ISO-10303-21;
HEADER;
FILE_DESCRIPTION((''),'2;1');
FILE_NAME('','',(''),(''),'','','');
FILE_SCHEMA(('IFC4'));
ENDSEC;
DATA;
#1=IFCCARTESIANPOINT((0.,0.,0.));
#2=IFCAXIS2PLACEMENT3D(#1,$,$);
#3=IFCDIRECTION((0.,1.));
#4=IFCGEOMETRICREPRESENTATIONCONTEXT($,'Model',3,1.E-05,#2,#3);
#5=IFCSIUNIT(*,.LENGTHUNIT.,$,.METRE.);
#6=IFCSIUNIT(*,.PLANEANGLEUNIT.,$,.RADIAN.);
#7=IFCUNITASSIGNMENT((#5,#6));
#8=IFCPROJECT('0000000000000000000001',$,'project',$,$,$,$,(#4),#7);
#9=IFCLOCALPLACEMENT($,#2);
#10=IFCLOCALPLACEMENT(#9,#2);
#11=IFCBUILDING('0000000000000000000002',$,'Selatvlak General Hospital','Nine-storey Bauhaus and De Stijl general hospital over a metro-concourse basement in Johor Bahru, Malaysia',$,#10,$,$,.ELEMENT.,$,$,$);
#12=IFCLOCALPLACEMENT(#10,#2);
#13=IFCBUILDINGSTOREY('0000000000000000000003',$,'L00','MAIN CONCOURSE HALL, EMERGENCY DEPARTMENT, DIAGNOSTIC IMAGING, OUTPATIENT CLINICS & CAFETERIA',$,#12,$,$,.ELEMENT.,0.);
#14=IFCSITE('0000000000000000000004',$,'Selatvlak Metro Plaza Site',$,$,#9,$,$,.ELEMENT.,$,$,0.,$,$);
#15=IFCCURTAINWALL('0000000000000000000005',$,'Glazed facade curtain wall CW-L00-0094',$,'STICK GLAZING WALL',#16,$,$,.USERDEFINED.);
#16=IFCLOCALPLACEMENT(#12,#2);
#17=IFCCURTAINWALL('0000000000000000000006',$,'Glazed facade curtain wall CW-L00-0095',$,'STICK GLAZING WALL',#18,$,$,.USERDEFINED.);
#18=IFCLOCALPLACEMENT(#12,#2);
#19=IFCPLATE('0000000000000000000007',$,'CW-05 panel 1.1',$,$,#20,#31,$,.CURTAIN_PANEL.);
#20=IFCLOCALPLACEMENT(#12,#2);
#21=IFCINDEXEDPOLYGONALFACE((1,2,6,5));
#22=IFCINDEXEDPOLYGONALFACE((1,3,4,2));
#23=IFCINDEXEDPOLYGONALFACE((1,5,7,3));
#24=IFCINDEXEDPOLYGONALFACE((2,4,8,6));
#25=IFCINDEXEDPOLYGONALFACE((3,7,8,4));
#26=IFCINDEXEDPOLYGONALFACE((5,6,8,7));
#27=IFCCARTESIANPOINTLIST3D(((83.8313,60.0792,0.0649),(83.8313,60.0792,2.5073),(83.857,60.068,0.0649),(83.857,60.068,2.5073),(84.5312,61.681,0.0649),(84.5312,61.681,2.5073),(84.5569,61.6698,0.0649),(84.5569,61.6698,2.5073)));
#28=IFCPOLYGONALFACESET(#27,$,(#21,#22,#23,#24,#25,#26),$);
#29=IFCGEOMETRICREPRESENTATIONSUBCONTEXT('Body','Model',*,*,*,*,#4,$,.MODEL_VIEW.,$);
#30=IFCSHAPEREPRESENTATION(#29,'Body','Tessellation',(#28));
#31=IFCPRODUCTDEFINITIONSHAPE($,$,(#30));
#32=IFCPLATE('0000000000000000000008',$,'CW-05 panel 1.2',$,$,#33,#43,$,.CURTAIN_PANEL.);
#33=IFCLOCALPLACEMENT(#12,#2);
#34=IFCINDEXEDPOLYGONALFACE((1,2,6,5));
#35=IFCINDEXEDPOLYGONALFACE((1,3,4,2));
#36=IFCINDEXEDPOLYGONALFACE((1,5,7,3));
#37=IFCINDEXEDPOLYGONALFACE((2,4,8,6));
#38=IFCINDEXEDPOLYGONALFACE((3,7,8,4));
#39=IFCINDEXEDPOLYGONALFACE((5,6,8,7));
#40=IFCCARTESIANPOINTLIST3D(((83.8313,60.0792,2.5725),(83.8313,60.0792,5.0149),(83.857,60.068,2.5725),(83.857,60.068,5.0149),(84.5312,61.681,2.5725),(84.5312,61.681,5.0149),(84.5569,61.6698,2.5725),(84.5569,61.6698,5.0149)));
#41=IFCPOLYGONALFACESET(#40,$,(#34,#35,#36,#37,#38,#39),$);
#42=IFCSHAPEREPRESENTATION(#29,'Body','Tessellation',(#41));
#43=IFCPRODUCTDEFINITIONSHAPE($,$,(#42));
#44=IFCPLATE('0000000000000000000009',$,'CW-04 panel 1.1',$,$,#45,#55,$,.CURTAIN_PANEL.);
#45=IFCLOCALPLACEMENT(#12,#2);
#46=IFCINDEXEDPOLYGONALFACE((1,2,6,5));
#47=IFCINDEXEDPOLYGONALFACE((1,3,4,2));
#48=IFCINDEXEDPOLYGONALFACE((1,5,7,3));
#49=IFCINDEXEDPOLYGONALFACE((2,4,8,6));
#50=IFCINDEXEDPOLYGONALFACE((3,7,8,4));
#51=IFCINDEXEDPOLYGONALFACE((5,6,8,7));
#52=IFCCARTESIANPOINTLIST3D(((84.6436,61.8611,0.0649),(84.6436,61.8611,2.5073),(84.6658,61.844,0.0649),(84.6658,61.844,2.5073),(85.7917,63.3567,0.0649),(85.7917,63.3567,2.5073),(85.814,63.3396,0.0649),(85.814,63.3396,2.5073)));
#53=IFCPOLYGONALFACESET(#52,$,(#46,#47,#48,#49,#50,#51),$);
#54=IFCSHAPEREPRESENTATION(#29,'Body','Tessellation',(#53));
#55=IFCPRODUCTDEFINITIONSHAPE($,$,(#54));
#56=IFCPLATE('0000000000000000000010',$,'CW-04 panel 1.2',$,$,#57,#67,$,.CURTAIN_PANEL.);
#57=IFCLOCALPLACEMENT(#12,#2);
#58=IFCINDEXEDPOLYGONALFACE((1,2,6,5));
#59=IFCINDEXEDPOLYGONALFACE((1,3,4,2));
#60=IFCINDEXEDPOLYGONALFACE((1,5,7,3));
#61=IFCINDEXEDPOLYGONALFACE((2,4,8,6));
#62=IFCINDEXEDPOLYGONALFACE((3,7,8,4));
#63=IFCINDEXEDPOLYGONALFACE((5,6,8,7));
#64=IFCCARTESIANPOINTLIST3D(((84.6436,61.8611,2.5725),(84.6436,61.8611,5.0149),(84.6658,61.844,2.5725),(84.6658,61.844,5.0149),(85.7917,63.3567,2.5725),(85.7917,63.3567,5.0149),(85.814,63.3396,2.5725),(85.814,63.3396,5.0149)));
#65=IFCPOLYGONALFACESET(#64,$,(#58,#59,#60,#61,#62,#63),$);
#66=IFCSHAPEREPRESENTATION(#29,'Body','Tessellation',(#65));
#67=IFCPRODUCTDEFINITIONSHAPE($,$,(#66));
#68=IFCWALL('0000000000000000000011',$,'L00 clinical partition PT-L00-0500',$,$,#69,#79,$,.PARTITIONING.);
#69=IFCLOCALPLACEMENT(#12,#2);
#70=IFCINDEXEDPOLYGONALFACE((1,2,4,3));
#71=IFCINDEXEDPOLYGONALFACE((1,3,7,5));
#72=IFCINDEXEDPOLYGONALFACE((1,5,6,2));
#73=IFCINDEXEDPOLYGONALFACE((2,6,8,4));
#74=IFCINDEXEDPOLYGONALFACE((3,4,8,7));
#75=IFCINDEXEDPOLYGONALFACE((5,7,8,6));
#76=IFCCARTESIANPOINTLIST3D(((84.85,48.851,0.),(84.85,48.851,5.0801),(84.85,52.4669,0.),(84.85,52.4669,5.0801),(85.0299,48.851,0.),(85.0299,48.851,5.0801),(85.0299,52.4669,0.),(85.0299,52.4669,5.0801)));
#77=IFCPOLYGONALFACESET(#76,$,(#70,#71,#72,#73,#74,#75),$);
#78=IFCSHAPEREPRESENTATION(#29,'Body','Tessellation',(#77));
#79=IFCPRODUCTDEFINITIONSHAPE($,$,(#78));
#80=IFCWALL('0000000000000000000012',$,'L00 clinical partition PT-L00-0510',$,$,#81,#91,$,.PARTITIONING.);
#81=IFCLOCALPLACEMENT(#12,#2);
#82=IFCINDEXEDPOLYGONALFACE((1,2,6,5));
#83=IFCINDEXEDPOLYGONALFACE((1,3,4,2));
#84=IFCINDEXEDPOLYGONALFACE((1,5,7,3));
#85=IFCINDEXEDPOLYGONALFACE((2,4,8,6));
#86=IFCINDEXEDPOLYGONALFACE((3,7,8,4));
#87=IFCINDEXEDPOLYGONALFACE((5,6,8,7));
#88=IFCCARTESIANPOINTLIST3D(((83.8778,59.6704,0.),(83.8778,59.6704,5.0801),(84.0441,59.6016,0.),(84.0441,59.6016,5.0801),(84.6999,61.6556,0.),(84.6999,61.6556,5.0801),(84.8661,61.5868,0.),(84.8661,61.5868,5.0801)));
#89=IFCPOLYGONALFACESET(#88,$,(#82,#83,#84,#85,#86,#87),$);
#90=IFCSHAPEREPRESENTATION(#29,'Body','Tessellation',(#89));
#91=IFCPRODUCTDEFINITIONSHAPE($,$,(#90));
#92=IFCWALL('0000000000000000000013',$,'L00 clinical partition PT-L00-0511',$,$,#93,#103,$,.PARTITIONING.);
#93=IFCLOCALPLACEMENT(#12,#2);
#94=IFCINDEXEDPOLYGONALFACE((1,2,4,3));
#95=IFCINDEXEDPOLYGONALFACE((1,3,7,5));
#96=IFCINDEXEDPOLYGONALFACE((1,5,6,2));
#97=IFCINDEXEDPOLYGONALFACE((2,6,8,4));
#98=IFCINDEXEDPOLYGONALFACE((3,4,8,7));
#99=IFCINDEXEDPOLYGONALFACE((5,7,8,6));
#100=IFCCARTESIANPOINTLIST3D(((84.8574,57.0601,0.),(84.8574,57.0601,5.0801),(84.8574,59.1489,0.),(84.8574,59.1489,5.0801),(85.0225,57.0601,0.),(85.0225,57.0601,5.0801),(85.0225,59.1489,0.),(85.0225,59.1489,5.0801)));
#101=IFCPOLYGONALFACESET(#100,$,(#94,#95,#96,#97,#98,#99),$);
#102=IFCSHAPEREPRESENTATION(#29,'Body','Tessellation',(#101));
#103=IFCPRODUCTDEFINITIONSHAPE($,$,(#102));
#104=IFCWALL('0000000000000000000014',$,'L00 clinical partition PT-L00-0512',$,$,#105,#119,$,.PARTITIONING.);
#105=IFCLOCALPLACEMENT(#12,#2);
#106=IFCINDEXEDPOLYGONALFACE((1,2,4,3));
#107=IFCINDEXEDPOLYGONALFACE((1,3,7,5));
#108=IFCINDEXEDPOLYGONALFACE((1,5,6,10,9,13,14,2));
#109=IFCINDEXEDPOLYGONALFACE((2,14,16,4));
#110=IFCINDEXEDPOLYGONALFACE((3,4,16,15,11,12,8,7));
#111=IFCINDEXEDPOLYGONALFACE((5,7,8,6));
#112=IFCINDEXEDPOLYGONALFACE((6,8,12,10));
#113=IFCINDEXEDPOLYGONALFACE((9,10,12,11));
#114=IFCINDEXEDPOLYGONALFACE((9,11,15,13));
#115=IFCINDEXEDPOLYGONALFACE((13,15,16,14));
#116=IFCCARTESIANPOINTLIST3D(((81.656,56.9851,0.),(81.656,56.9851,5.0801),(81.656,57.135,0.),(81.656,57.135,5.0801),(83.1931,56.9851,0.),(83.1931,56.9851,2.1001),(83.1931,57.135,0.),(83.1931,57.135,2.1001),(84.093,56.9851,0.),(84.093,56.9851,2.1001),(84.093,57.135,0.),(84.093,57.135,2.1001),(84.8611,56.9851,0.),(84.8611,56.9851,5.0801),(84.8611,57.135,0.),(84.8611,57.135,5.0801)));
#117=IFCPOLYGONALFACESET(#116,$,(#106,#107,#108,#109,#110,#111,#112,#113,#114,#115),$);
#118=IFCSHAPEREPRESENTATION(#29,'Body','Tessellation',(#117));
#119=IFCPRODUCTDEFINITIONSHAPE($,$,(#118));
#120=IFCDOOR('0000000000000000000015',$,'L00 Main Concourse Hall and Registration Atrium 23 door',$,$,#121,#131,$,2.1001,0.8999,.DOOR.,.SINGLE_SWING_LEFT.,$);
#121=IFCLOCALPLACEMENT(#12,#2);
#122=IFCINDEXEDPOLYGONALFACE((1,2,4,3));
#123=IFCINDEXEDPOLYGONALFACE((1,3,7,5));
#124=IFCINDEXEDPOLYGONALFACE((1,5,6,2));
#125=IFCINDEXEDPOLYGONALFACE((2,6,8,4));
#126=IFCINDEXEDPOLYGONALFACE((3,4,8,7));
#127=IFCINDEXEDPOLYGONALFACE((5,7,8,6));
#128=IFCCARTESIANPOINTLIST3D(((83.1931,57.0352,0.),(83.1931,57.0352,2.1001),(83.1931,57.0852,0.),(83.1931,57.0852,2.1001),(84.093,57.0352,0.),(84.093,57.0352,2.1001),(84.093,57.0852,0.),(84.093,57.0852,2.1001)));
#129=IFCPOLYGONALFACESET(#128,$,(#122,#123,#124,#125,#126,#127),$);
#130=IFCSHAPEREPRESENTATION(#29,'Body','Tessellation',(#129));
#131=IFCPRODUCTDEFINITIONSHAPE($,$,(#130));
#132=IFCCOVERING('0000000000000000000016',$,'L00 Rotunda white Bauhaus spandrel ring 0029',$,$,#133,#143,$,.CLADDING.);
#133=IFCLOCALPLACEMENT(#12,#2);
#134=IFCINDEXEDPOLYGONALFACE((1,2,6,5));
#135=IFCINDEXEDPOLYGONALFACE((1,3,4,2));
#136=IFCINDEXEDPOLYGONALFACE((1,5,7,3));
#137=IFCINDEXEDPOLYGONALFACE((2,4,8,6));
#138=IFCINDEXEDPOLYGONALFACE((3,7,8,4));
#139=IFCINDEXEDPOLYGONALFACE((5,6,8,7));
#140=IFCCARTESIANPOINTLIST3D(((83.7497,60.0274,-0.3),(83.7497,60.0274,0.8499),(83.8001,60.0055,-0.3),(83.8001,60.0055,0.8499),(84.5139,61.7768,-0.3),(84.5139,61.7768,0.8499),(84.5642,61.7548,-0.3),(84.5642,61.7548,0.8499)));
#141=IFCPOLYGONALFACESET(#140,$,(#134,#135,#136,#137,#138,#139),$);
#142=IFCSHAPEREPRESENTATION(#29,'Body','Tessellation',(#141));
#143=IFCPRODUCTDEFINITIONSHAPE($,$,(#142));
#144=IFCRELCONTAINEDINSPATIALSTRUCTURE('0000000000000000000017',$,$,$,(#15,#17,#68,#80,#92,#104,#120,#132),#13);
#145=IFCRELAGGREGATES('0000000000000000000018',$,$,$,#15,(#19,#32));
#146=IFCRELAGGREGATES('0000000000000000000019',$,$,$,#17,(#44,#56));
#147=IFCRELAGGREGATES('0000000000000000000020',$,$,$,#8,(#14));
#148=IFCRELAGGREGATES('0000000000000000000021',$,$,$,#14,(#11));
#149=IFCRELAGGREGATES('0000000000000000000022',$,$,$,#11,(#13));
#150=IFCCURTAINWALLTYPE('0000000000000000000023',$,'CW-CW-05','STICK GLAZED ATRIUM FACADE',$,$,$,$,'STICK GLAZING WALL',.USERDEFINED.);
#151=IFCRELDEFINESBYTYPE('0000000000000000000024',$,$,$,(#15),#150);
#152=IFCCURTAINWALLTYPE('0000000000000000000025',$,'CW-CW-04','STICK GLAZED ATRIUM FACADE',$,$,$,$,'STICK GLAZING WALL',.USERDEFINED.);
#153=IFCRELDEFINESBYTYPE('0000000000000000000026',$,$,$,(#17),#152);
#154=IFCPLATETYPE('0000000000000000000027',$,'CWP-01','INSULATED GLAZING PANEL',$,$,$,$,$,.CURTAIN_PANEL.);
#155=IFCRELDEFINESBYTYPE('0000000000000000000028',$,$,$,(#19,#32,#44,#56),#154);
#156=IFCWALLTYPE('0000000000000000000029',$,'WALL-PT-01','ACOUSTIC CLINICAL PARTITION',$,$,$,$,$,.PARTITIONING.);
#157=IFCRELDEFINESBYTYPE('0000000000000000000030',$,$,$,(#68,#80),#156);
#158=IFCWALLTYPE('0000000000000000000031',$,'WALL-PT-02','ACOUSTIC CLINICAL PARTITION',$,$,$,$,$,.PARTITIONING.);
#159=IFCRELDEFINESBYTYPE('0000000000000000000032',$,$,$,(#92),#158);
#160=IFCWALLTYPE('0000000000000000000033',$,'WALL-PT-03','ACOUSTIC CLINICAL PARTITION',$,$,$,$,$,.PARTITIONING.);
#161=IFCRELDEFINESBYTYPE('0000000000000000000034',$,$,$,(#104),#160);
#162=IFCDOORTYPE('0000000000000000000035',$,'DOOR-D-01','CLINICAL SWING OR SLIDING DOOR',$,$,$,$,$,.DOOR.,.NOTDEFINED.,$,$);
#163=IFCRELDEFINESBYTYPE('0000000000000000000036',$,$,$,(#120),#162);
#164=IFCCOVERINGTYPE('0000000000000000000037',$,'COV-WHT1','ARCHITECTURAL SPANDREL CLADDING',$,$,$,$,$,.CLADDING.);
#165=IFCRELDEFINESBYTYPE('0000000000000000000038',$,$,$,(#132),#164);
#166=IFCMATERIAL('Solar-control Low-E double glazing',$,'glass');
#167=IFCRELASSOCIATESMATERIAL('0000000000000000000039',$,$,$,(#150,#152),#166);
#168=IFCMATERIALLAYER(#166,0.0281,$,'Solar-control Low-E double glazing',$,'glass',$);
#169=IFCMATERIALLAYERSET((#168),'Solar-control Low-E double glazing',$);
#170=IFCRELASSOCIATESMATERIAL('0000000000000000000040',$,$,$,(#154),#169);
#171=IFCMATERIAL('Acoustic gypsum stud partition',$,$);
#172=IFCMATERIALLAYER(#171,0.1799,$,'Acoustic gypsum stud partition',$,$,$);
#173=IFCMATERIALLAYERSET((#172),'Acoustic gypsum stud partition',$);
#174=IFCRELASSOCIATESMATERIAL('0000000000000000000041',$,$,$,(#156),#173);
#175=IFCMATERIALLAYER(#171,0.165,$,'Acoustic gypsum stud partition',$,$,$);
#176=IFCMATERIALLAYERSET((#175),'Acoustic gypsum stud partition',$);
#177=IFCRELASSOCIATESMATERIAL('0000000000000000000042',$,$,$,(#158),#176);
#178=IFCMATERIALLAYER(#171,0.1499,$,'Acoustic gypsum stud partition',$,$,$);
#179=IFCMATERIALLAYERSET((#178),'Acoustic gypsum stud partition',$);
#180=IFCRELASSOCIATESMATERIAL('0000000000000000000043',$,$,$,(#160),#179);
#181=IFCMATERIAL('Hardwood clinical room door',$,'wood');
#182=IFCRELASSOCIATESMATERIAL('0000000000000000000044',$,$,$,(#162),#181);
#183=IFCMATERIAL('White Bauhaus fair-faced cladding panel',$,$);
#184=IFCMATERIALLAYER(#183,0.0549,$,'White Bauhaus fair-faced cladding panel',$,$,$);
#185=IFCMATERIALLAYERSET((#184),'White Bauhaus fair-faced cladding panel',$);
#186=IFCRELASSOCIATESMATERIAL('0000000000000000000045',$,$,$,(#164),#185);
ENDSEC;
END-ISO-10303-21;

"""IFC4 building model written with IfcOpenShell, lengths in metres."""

from ifc_helpers import new_model, si_unit, direction, frame, frame_2d, origin, origin_2d, place, context, subcontext, project, spatial, rectangle, extrude, material, layer, layer_set, type_object, element, fill, aggregate, save


model = new_model("IFC4")

# Units and contexts
model_context = context("Model", 3, precision=1e-05, world=origin(), true_north=direction((0.0, 1.0)))
body_context = subcontext(model_context, "Body", "Model", "MODEL_VIEW")
ifc_project = project(units=[si_unit("LENGTHUNIT", "METRE"), si_unit("PLANEANGLEUNIT", "RADIAN")], contexts=[model_context])

# Site, building, storey
site_placement = place(None, origin())
site = spatial("IfcSite", under=ifc_project, at=site_placement, Name="Selatvlak Metro Plaza Site", CompositionType="ELEMENT", RefElevation=0.0)
building_placement = place(site_placement, origin())
building = spatial("IfcBuilding", under=site, at=building_placement, Name="Selatvlak General Hospital", Description="Nine-storey Bauhaus and De Stijl general hospital over a metro-concourse basement in Johor Bahru, Malaysia", CompositionType="ELEMENT")
storey_placement = place(building_placement, origin())
storey = spatial("IfcBuildingStorey", under=building, at=storey_placement, Name="L00", Description="MAIN CONCOURSE HALL, EMERGENCY DEPARTMENT, DIAGNOSTIC IMAGING, OUTPATIENT CLINICS & CAFETERIA", CompositionType="ELEMENT", Elevation=0.0)

# Curtain walls
ifc_material_1 = material(Name="Solar-control Low-E double glazing", Category="glass")
curtain_wall_type_1 = type_object("IfcCurtainWallType", Name="CW-CW-05", Description="STICK GLAZED ATRIUM FACADE", ElementType="STICK GLAZING WALL", PredefinedType="USERDEFINED", material=ifc_material_1)
curtain_wall_1_placement = place(storey_placement, origin())
curtain_wall_1 = element("IfcCurtainWall", 1, at=curtain_wall_1_placement, inside=storey, type_object=curtain_wall_type_1, Name="Glazed facade curtain wall CW-L00-0094", ObjectType="STICK GLAZING WALL", PredefinedType="USERDEFINED")
curtain_wall_type_2 = type_object("IfcCurtainWallType", Name="CW-CW-04", Description="STICK GLAZED ATRIUM FACADE", ElementType="STICK GLAZING WALL", PredefinedType="USERDEFINED", material=ifc_material_1)
curtain_wall_2_placement = place(storey_placement, origin())
curtain_wall_2 = element("IfcCurtainWall", 2, at=curtain_wall_2_placement, inside=storey, type_object=curtain_wall_type_2, Name="Glazed facade curtain wall CW-L00-0095", ObjectType="STICK GLAZING WALL", PredefinedType="USERDEFINED")

# Plates
ifc_layer_1 = layer(ifc_material_1, 0.0281, Name="Solar-control Low-E double glazing", Category="glass")
ifc_layer_set_1 = layer_set([ifc_layer_1], Name="Solar-control Low-E double glazing")
plate_type = type_object("IfcPlateType", Name="CWP-01", Description="INSULATED GLAZING PANEL", PredefinedType="CURTAIN_PANEL", material=ifc_layer_set_1)
plate_1_placement = place(storey_placement, frame((84.1941, 60.8745, 0.0649), z_axis=(0.0, 0.0, 1.0), x_axis=(0.4004, 0.916341, 0.0)))
plate_1 = element("IfcPlate", 3, at=plate_1_placement, type_object=plate_type, Name="CW-05 panel 1.1", PredefinedType="CURTAIN_PANEL", context=body_context, shape_type="SweptSolid", body=[
    extrude(rectangle(XDim=1.748, YDim=0.0281, at=origin_2d()), origin(), (0.0, 0.0, 1.0), 2.4424),
])
plate_2_placement = place(storey_placement, frame((84.1941, 60.8745, 2.5725), z_axis=(0.0, 0.0, 1.0), x_axis=(0.4004, 0.916341, 0.0)))
plate_2 = element("IfcPlate", 4, at=plate_2_placement, type_object=plate_type, Name="CW-05 panel 1.2", PredefinedType="CURTAIN_PANEL", context=body_context, shape_type="SweptSolid", body=[
    extrude(rectangle(XDim=1.748, YDim=0.0281, at=origin_2d()), origin(), (0.0, 0.0, 1.0), 2.4424),
])
aggregate(curtain_wall_1, [plate_1, plate_2])
plate_3_placement = place(storey_placement, frame((85.2288, 62.6003, 0.0649), z_axis=(0.0, 0.0, 1.0), x_axis=(0.608918, 0.793233, 0.0)))
plate_3 = element("IfcPlate", 5, at=plate_3_placement, type_object=plate_type, Name="CW-04 panel 1.1", PredefinedType="CURTAIN_PANEL", context=body_context, shape_type="SweptSolid", body=[
    extrude(rectangle(XDim=1.8855, YDim=0.0281, at=origin_2d()), origin(), (0.0, 0.0, 1.0), 2.4424),
])
plate_4_placement = place(storey_placement, frame((85.2288, 62.6003, 2.5725), z_axis=(0.0, 0.0, 1.0), x_axis=(0.608918, 0.793233, 0.0)))
plate_4 = element("IfcPlate", 6, at=plate_4_placement, type_object=plate_type, Name="CW-04 panel 1.2", PredefinedType="CURTAIN_PANEL", context=body_context, shape_type="SweptSolid", body=[
    extrude(rectangle(XDim=1.8855, YDim=0.0281, at=origin_2d()), origin(), (0.0, 0.0, 1.0), 2.4424),
])
aggregate(curtain_wall_2, [plate_3, plate_4])

# Walls
ifc_material_2 = material(Name="Acoustic gypsum stud partition")
ifc_layer_2 = layer(ifc_material_2, 0.1799, Name="Acoustic gypsum stud partition")
ifc_layer_set_2 = layer_set([ifc_layer_2], Name="Acoustic gypsum stud partition")
wall_type_1 = type_object("IfcWallType", Name="WALL-PT-01", Description="ACOUSTIC CLINICAL PARTITION", PredefinedType="PARTITIONING", material=ifc_layer_set_2)
wall_1_placement = place(storey_placement, frame((84.9399, 52.467, 0.0), z_axis=(0.0, 0.0, 1.0), x_axis=(0.0, -1.0, 0.0)))
element("IfcWall", 7, at=wall_1_placement, inside=storey, type_object=wall_type_1, Name="L00 clinical partition PT-L00-0500", PredefinedType="PARTITIONING", context=body_context, shape_type="SweptSolid", body=[
    extrude(rectangle(XDim=3.616, YDim=0.1799, at=frame_2d((1.8081, 0.0))), origin(), (0.0, 0.0, 1.0), 5.0801),
])
wall_2_placement = place(storey_placement, frame((84.783, 61.6211, 0.0), z_axis=(0.0, 0.0, 1.0), x_axis=(-0.382589, -0.923919, 0.0)))
element("IfcWall", 8, at=wall_2_placement, inside=storey, type_object=wall_type_1, Name="L00 clinical partition PT-L00-0510", PredefinedType="PARTITIONING", context=body_context, shape_type="SweptSolid", body=[
    extrude(rectangle(XDim=2.1487, YDim=0.1799, at=frame_2d((1.0742, 0.0))), origin(), (0.0, 0.0, 1.0), 5.0801),
])
ifc_layer_3 = layer(ifc_material_2, 0.165, Name="Acoustic gypsum stud partition")
ifc_layer_set_3 = layer_set([ifc_layer_3], Name="Acoustic gypsum stud partition")
wall_type_2 = type_object("IfcWallType", Name="WALL-PT-02", Description="ACOUSTIC CLINICAL PARTITION", PredefinedType="PARTITIONING", material=ifc_layer_set_3)
wall_3_placement = place(storey_placement, frame((84.9399, 59.1489, 0.0), z_axis=(0.0, 0.0, 1.0), x_axis=(0.0, -1.0, 0.0)))
element("IfcWall", 9, at=wall_3_placement, inside=storey, type_object=wall_type_2, Name="L00 clinical partition PT-L00-0511", PredefinedType="PARTITIONING", context=body_context, shape_type="SweptSolid", body=[
    extrude(rectangle(XDim=2.0889, YDim=0.165, at=frame_2d((1.0444, 0.0))), origin(), (0.0, 0.0, 1.0), 5.0801),
])

# Wall, opening, door
ifc_layer_4 = layer(ifc_material_2, 0.1499, Name="Acoustic gypsum stud partition")
ifc_layer_set_4 = layer_set([ifc_layer_4], Name="Acoustic gypsum stud partition")
wall_type_3 = type_object("IfcWallType", Name="WALL-PT-03", Description="ACOUSTIC CLINICAL PARTITION", PredefinedType="PARTITIONING", material=ifc_layer_set_4)
wall_4_placement = place(storey_placement, frame((84.8611, 57.0601, 0.0), z_axis=(0.0, 0.0, 1.0), x_axis=(-1.0, 0.0, 0.0)))
wall_4 = element("IfcWall", 10, at=wall_4_placement, inside=storey, type_object=wall_type_3, Name="L00 clinical partition PT-L00-0512", PredefinedType="PARTITIONING", context=body_context, shape_type="SweptSolid", body=[
    extrude(rectangle(XDim=3.2051, YDim=0.1499, at=frame_2d((1.6025, 0.0))), origin(), (0.0, 0.0, 1.0), 5.0801),
])
opening_placement = place(wall_4_placement, frame((0.7681, 0.0, 0.0)))
opening = element("IfcOpeningElement", 11, at=opening_placement, cuts=wall_4, PredefinedType="OPENING", context=body_context, shape_type="SweptSolid", body=[
    extrude(rectangle(XDim=0.8999, YDim=2.1001, at=frame_2d((0.45, 1.05))), frame((0.0, 0.085, 0.0), z_axis=(0.0, -1.0, 0.0), x_axis=(1.0, 0.0, 0.0)), (0.0, 0.0, 1.0), 0.1699),
])
ifc_material_3 = material(Name="Hardwood clinical room door", Category="wood")
door_type = type_object("IfcDoorType", Name="DOOR-D-01", Description="CLINICAL SWING OR SLIDING DOOR", OperationType="NOTDEFINED", PredefinedType="DOOR", material=ifc_material_3)
door_placement = place(opening_placement, origin())
door = element("IfcDoor", 12, at=door_placement, inside=storey, type_object=door_type, Name="L00 Main Concourse Hall and Registration Atrium 23 door", OperationType="SINGLE_SWING_LEFT", OverallHeight=2.1001, OverallWidth=0.8999, PredefinedType="DOOR", context=body_context, shape_type="SweptSolid", body=[
    extrude(rectangle(XDim=0.8999, YDim=2.1001, at=frame_2d((0.45, 1.05))), frame((0.0, 0.0249, 0.0), z_axis=(0.0, -1.0, 0.0), x_axis=(1.0, 0.0, 0.0)), (0.0, 0.0, 1.0), 0.05),
])
fill(opening, door)

# Covering
ifc_material_4 = material(Name="White Bauhaus fair-faced cladding panel")
ifc_layer_5 = layer(ifc_material_4, 0.0549, Name="White Bauhaus fair-faced cladding panel")
ifc_layer_set_5 = layer_set([ifc_layer_5], Name="White Bauhaus fair-faced cladding panel")
covering_type = type_object("IfcCoveringType", Name="COV-WHT1", Description="ARCHITECTURAL SPANDREL CLADDING", PredefinedType="CLADDING", material=ifc_layer_set_5)
covering_placement = place(storey_placement, frame((84.157, 60.8911, -0.3), z_axis=(0.0, 0.0, 1.0), x_axis=(0.400301, 0.916384, 0.0)))
element("IfcCovering", 13, at=covering_placement, inside=storey, type_object=covering_type, Name="L00 Rotunda white Bauhaus spandrel ring 0029", PredefinedType="CLADDING", context=body_context, shape_type="SweptSolid", body=[
    extrude(rectangle(XDim=1.9089, YDim=0.0549, at=origin_2d()), origin(), (0.0, 0.0, 1.0), 1.1499),
])

save(model, "model.ifc")
